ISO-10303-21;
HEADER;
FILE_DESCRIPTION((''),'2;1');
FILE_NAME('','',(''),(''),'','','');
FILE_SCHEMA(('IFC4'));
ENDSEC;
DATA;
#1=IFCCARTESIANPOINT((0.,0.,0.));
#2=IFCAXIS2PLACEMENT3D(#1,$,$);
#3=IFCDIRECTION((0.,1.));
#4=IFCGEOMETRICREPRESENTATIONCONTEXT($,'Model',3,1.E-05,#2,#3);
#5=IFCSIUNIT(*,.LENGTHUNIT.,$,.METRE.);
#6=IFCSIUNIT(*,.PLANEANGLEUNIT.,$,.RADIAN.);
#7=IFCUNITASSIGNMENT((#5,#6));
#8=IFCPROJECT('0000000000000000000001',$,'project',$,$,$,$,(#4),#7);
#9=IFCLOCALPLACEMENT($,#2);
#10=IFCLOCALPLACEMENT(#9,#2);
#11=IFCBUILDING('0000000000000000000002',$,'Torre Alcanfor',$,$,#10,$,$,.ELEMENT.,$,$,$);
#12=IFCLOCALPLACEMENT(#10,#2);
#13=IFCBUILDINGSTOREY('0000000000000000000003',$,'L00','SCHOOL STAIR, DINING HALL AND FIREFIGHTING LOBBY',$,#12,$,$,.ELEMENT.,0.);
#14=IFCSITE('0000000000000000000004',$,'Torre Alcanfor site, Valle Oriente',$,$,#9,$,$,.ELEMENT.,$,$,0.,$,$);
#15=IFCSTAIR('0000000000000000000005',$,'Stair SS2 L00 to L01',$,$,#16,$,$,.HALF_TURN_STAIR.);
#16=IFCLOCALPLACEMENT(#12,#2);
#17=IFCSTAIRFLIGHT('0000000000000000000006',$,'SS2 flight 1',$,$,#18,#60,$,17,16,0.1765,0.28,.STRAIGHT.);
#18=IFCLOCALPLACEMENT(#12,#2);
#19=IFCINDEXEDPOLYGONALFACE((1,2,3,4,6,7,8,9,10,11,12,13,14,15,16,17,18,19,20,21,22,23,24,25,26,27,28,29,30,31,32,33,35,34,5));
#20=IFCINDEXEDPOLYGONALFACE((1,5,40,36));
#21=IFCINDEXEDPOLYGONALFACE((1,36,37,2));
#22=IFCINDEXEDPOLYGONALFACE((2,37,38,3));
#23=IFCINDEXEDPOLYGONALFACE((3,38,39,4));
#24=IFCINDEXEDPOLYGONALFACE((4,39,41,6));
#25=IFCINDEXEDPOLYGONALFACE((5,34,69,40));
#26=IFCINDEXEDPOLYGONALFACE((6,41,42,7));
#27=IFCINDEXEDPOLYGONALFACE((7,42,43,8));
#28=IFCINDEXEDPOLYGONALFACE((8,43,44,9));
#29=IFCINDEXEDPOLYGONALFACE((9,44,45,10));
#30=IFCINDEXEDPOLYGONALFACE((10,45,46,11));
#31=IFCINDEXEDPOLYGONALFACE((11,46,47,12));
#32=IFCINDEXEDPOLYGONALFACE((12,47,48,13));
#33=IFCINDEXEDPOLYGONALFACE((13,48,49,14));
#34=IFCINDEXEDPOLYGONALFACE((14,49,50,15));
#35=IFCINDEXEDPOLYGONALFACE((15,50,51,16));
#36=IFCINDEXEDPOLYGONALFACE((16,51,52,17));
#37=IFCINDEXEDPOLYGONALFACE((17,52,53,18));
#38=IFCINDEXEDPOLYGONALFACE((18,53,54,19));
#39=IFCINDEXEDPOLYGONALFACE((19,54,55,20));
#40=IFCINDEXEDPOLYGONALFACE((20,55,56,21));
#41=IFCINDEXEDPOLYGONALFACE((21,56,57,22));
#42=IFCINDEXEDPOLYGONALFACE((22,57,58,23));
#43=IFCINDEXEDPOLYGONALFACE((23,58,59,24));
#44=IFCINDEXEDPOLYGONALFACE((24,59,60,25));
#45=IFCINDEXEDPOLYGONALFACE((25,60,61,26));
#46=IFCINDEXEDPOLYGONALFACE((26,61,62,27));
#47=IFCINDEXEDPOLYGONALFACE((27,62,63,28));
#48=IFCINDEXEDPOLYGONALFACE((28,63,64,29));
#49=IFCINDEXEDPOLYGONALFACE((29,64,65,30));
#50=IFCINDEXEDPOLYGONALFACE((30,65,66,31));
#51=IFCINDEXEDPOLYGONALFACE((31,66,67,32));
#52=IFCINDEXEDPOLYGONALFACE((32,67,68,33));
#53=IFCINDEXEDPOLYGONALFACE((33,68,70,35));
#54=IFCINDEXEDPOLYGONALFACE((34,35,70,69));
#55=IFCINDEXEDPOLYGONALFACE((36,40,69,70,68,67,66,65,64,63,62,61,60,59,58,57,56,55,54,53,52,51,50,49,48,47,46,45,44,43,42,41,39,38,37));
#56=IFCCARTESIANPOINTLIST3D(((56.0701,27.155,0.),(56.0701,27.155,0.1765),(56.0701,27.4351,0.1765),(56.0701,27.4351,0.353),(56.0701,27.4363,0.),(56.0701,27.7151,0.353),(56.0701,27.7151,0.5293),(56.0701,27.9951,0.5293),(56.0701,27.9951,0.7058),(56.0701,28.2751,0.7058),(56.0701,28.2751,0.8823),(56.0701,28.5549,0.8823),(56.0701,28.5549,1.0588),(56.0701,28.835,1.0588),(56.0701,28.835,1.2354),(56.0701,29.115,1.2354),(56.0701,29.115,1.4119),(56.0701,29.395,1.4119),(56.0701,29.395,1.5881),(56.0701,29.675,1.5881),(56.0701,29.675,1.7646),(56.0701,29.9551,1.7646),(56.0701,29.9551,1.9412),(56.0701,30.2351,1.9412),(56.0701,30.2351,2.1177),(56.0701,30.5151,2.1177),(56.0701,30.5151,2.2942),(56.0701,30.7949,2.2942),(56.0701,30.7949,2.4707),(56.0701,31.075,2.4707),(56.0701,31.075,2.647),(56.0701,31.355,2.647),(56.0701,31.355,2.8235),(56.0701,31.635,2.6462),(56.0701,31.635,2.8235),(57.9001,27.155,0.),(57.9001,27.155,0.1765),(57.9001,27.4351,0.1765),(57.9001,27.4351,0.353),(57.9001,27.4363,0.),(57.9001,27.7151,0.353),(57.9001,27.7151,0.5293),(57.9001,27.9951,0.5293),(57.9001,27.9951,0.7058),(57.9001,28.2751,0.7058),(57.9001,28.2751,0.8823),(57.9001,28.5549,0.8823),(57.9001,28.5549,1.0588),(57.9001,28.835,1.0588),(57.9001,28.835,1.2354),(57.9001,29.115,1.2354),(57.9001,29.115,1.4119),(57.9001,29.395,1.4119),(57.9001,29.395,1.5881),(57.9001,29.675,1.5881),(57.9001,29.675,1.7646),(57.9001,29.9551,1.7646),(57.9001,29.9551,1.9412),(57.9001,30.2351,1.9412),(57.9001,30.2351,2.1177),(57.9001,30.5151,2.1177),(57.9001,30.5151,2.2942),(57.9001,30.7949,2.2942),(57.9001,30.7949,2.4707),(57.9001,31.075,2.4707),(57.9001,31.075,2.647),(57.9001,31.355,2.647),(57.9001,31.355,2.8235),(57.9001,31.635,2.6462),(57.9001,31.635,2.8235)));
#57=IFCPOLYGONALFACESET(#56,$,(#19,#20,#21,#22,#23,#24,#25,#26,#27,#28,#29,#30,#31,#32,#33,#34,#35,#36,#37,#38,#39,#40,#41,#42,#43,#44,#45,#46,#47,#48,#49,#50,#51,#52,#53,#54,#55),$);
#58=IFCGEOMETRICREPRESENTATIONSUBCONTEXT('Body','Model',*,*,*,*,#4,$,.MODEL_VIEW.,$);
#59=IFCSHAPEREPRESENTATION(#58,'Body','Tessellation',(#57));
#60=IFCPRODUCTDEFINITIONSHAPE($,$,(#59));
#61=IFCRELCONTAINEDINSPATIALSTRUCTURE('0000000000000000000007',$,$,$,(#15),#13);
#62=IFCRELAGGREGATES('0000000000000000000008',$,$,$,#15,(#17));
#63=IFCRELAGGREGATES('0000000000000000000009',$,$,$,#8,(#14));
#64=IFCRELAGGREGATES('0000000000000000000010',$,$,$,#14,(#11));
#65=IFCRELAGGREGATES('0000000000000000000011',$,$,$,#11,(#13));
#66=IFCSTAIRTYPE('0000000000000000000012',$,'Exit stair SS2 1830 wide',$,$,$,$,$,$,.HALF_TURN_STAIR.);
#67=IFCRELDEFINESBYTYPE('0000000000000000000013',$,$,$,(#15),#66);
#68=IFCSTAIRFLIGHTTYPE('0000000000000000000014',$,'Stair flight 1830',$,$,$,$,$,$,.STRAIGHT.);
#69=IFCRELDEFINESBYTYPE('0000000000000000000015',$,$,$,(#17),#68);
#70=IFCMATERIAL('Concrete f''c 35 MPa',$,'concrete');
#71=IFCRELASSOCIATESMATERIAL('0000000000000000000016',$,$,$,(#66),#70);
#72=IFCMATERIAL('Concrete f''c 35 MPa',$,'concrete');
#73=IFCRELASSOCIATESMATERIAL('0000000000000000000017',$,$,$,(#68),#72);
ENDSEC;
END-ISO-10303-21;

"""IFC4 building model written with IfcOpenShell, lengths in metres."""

from ifc_helpers import new_model, si_unit, direction, frame, origin, place, context, subcontext, project, spatial, polyline, outline, extrude, material, type_object, element, aggregate, save


model = new_model("IFC4")

# Units and contexts
model_context = context("Model", 3, precision=1e-05, world=origin(), true_north=direction((0.0, 1.0)))
body_context = subcontext(model_context, "Body", "Model", "MODEL_VIEW")
ifc_project = project(units=[si_unit("LENGTHUNIT", "METRE"), si_unit("PLANEANGLEUNIT", "RADIAN")], contexts=[model_context])

# Site, building, storey
site_placement = place(None, origin())
site = spatial("IfcSite", under=ifc_project, at=site_placement, Name="Torre Alcanfor site, Valle Oriente", CompositionType="ELEMENT", RefElevation=0.0)
building_placement = place(site_placement, origin())
building = spatial("IfcBuilding", under=site, at=building_placement, Name="Torre Alcanfor", CompositionType="ELEMENT")
storey_placement = place(building_placement, origin())
storey = spatial("IfcBuildingStorey", under=building, at=storey_placement, Name="L00", Description="SCHOOL STAIR, DINING HALL AND FIREFIGHTING LOBBY", CompositionType="ELEMENT", Elevation=0.0)

# Stair, stair flight
ifc_material_1 = material(Name="Concrete f'c 35 MPa", Category="concrete")
stair_type = type_object("IfcStairType", Name="Exit stair SS2 1830 wide", PredefinedType="HALF_TURN_STAIR", material=ifc_material_1)
stair_placement = place(storey_placement, origin())
stair = element("IfcStair", 1, at=stair_placement, inside=storey, type_object=stair_type, Name="Stair SS2 L00 to L01", PredefinedType="HALF_TURN_STAIR")
ifc_material_2 = material(Name="Concrete f'c 35 MPa", Category="concrete")
stair_flight_type = type_object("IfcStairFlightType", Name="Stair flight 1830", PredefinedType="STRAIGHT", material=ifc_material_2)
stair_flight_placement = place(storey_placement, frame((56.9851, 27.155, 0.0), z_axis=(0.0, 0.0, 1.0), x_axis=(0.0, 1.0, 0.0)))
stair_flight = element("IfcStairFlight", 2, at=stair_flight_placement, type_object=stair_flight_type, Name="SS2 flight 1", NumberOfRisers=17, NumberOfTreads=16, PredefinedType="STRAIGHT", RiserHeight=0.1765, TreadLength=0.28, context=body_context, shape_type="SweptSolid", body=[
    extrude(outline(polyline([(0.0, 0.0), (0.0, 0.1765), (0.28, 0.1765), (0.28, 0.353), (0.5601, 0.353), (0.5601, 0.5293), (0.8401, 0.5293), (0.8401, 0.7058), (1.1201, 0.7058), (1.1201, 0.8823), (1.3999, 0.8823), (1.3999, 1.0588), (1.6799, 1.0588), (1.6799, 1.2354), (1.96, 1.2354), (1.96, 1.4119), (2.24, 1.4119), (2.24, 1.5881), (2.52, 1.5881), (2.52, 1.7646), (2.8, 1.7646), (2.8, 1.9412), (3.0801, 1.9412), (3.0801, 2.1177), (3.3601, 2.1177), (3.3601, 2.2942), (3.6399, 2.2942), (3.6399, 2.4707), (3.9199, 2.4707), (3.9199, 2.647), (4.2, 2.647), (4.2, 2.8235), (4.48, 2.8235), (4.48, 3.0), (4.48, 2.6462), (0.2812, 0.0), (0.0, 0.0)])), frame((0.0, 0.915, 0.0), z_axis=(0.0, -1.0, 0.0), x_axis=(1.0, 0.0, 0.0)), (0.0, 0.0, 1.0), 1.8301),
])
aggregate(stair, [stair_flight])

save(model, "model.ifc")
